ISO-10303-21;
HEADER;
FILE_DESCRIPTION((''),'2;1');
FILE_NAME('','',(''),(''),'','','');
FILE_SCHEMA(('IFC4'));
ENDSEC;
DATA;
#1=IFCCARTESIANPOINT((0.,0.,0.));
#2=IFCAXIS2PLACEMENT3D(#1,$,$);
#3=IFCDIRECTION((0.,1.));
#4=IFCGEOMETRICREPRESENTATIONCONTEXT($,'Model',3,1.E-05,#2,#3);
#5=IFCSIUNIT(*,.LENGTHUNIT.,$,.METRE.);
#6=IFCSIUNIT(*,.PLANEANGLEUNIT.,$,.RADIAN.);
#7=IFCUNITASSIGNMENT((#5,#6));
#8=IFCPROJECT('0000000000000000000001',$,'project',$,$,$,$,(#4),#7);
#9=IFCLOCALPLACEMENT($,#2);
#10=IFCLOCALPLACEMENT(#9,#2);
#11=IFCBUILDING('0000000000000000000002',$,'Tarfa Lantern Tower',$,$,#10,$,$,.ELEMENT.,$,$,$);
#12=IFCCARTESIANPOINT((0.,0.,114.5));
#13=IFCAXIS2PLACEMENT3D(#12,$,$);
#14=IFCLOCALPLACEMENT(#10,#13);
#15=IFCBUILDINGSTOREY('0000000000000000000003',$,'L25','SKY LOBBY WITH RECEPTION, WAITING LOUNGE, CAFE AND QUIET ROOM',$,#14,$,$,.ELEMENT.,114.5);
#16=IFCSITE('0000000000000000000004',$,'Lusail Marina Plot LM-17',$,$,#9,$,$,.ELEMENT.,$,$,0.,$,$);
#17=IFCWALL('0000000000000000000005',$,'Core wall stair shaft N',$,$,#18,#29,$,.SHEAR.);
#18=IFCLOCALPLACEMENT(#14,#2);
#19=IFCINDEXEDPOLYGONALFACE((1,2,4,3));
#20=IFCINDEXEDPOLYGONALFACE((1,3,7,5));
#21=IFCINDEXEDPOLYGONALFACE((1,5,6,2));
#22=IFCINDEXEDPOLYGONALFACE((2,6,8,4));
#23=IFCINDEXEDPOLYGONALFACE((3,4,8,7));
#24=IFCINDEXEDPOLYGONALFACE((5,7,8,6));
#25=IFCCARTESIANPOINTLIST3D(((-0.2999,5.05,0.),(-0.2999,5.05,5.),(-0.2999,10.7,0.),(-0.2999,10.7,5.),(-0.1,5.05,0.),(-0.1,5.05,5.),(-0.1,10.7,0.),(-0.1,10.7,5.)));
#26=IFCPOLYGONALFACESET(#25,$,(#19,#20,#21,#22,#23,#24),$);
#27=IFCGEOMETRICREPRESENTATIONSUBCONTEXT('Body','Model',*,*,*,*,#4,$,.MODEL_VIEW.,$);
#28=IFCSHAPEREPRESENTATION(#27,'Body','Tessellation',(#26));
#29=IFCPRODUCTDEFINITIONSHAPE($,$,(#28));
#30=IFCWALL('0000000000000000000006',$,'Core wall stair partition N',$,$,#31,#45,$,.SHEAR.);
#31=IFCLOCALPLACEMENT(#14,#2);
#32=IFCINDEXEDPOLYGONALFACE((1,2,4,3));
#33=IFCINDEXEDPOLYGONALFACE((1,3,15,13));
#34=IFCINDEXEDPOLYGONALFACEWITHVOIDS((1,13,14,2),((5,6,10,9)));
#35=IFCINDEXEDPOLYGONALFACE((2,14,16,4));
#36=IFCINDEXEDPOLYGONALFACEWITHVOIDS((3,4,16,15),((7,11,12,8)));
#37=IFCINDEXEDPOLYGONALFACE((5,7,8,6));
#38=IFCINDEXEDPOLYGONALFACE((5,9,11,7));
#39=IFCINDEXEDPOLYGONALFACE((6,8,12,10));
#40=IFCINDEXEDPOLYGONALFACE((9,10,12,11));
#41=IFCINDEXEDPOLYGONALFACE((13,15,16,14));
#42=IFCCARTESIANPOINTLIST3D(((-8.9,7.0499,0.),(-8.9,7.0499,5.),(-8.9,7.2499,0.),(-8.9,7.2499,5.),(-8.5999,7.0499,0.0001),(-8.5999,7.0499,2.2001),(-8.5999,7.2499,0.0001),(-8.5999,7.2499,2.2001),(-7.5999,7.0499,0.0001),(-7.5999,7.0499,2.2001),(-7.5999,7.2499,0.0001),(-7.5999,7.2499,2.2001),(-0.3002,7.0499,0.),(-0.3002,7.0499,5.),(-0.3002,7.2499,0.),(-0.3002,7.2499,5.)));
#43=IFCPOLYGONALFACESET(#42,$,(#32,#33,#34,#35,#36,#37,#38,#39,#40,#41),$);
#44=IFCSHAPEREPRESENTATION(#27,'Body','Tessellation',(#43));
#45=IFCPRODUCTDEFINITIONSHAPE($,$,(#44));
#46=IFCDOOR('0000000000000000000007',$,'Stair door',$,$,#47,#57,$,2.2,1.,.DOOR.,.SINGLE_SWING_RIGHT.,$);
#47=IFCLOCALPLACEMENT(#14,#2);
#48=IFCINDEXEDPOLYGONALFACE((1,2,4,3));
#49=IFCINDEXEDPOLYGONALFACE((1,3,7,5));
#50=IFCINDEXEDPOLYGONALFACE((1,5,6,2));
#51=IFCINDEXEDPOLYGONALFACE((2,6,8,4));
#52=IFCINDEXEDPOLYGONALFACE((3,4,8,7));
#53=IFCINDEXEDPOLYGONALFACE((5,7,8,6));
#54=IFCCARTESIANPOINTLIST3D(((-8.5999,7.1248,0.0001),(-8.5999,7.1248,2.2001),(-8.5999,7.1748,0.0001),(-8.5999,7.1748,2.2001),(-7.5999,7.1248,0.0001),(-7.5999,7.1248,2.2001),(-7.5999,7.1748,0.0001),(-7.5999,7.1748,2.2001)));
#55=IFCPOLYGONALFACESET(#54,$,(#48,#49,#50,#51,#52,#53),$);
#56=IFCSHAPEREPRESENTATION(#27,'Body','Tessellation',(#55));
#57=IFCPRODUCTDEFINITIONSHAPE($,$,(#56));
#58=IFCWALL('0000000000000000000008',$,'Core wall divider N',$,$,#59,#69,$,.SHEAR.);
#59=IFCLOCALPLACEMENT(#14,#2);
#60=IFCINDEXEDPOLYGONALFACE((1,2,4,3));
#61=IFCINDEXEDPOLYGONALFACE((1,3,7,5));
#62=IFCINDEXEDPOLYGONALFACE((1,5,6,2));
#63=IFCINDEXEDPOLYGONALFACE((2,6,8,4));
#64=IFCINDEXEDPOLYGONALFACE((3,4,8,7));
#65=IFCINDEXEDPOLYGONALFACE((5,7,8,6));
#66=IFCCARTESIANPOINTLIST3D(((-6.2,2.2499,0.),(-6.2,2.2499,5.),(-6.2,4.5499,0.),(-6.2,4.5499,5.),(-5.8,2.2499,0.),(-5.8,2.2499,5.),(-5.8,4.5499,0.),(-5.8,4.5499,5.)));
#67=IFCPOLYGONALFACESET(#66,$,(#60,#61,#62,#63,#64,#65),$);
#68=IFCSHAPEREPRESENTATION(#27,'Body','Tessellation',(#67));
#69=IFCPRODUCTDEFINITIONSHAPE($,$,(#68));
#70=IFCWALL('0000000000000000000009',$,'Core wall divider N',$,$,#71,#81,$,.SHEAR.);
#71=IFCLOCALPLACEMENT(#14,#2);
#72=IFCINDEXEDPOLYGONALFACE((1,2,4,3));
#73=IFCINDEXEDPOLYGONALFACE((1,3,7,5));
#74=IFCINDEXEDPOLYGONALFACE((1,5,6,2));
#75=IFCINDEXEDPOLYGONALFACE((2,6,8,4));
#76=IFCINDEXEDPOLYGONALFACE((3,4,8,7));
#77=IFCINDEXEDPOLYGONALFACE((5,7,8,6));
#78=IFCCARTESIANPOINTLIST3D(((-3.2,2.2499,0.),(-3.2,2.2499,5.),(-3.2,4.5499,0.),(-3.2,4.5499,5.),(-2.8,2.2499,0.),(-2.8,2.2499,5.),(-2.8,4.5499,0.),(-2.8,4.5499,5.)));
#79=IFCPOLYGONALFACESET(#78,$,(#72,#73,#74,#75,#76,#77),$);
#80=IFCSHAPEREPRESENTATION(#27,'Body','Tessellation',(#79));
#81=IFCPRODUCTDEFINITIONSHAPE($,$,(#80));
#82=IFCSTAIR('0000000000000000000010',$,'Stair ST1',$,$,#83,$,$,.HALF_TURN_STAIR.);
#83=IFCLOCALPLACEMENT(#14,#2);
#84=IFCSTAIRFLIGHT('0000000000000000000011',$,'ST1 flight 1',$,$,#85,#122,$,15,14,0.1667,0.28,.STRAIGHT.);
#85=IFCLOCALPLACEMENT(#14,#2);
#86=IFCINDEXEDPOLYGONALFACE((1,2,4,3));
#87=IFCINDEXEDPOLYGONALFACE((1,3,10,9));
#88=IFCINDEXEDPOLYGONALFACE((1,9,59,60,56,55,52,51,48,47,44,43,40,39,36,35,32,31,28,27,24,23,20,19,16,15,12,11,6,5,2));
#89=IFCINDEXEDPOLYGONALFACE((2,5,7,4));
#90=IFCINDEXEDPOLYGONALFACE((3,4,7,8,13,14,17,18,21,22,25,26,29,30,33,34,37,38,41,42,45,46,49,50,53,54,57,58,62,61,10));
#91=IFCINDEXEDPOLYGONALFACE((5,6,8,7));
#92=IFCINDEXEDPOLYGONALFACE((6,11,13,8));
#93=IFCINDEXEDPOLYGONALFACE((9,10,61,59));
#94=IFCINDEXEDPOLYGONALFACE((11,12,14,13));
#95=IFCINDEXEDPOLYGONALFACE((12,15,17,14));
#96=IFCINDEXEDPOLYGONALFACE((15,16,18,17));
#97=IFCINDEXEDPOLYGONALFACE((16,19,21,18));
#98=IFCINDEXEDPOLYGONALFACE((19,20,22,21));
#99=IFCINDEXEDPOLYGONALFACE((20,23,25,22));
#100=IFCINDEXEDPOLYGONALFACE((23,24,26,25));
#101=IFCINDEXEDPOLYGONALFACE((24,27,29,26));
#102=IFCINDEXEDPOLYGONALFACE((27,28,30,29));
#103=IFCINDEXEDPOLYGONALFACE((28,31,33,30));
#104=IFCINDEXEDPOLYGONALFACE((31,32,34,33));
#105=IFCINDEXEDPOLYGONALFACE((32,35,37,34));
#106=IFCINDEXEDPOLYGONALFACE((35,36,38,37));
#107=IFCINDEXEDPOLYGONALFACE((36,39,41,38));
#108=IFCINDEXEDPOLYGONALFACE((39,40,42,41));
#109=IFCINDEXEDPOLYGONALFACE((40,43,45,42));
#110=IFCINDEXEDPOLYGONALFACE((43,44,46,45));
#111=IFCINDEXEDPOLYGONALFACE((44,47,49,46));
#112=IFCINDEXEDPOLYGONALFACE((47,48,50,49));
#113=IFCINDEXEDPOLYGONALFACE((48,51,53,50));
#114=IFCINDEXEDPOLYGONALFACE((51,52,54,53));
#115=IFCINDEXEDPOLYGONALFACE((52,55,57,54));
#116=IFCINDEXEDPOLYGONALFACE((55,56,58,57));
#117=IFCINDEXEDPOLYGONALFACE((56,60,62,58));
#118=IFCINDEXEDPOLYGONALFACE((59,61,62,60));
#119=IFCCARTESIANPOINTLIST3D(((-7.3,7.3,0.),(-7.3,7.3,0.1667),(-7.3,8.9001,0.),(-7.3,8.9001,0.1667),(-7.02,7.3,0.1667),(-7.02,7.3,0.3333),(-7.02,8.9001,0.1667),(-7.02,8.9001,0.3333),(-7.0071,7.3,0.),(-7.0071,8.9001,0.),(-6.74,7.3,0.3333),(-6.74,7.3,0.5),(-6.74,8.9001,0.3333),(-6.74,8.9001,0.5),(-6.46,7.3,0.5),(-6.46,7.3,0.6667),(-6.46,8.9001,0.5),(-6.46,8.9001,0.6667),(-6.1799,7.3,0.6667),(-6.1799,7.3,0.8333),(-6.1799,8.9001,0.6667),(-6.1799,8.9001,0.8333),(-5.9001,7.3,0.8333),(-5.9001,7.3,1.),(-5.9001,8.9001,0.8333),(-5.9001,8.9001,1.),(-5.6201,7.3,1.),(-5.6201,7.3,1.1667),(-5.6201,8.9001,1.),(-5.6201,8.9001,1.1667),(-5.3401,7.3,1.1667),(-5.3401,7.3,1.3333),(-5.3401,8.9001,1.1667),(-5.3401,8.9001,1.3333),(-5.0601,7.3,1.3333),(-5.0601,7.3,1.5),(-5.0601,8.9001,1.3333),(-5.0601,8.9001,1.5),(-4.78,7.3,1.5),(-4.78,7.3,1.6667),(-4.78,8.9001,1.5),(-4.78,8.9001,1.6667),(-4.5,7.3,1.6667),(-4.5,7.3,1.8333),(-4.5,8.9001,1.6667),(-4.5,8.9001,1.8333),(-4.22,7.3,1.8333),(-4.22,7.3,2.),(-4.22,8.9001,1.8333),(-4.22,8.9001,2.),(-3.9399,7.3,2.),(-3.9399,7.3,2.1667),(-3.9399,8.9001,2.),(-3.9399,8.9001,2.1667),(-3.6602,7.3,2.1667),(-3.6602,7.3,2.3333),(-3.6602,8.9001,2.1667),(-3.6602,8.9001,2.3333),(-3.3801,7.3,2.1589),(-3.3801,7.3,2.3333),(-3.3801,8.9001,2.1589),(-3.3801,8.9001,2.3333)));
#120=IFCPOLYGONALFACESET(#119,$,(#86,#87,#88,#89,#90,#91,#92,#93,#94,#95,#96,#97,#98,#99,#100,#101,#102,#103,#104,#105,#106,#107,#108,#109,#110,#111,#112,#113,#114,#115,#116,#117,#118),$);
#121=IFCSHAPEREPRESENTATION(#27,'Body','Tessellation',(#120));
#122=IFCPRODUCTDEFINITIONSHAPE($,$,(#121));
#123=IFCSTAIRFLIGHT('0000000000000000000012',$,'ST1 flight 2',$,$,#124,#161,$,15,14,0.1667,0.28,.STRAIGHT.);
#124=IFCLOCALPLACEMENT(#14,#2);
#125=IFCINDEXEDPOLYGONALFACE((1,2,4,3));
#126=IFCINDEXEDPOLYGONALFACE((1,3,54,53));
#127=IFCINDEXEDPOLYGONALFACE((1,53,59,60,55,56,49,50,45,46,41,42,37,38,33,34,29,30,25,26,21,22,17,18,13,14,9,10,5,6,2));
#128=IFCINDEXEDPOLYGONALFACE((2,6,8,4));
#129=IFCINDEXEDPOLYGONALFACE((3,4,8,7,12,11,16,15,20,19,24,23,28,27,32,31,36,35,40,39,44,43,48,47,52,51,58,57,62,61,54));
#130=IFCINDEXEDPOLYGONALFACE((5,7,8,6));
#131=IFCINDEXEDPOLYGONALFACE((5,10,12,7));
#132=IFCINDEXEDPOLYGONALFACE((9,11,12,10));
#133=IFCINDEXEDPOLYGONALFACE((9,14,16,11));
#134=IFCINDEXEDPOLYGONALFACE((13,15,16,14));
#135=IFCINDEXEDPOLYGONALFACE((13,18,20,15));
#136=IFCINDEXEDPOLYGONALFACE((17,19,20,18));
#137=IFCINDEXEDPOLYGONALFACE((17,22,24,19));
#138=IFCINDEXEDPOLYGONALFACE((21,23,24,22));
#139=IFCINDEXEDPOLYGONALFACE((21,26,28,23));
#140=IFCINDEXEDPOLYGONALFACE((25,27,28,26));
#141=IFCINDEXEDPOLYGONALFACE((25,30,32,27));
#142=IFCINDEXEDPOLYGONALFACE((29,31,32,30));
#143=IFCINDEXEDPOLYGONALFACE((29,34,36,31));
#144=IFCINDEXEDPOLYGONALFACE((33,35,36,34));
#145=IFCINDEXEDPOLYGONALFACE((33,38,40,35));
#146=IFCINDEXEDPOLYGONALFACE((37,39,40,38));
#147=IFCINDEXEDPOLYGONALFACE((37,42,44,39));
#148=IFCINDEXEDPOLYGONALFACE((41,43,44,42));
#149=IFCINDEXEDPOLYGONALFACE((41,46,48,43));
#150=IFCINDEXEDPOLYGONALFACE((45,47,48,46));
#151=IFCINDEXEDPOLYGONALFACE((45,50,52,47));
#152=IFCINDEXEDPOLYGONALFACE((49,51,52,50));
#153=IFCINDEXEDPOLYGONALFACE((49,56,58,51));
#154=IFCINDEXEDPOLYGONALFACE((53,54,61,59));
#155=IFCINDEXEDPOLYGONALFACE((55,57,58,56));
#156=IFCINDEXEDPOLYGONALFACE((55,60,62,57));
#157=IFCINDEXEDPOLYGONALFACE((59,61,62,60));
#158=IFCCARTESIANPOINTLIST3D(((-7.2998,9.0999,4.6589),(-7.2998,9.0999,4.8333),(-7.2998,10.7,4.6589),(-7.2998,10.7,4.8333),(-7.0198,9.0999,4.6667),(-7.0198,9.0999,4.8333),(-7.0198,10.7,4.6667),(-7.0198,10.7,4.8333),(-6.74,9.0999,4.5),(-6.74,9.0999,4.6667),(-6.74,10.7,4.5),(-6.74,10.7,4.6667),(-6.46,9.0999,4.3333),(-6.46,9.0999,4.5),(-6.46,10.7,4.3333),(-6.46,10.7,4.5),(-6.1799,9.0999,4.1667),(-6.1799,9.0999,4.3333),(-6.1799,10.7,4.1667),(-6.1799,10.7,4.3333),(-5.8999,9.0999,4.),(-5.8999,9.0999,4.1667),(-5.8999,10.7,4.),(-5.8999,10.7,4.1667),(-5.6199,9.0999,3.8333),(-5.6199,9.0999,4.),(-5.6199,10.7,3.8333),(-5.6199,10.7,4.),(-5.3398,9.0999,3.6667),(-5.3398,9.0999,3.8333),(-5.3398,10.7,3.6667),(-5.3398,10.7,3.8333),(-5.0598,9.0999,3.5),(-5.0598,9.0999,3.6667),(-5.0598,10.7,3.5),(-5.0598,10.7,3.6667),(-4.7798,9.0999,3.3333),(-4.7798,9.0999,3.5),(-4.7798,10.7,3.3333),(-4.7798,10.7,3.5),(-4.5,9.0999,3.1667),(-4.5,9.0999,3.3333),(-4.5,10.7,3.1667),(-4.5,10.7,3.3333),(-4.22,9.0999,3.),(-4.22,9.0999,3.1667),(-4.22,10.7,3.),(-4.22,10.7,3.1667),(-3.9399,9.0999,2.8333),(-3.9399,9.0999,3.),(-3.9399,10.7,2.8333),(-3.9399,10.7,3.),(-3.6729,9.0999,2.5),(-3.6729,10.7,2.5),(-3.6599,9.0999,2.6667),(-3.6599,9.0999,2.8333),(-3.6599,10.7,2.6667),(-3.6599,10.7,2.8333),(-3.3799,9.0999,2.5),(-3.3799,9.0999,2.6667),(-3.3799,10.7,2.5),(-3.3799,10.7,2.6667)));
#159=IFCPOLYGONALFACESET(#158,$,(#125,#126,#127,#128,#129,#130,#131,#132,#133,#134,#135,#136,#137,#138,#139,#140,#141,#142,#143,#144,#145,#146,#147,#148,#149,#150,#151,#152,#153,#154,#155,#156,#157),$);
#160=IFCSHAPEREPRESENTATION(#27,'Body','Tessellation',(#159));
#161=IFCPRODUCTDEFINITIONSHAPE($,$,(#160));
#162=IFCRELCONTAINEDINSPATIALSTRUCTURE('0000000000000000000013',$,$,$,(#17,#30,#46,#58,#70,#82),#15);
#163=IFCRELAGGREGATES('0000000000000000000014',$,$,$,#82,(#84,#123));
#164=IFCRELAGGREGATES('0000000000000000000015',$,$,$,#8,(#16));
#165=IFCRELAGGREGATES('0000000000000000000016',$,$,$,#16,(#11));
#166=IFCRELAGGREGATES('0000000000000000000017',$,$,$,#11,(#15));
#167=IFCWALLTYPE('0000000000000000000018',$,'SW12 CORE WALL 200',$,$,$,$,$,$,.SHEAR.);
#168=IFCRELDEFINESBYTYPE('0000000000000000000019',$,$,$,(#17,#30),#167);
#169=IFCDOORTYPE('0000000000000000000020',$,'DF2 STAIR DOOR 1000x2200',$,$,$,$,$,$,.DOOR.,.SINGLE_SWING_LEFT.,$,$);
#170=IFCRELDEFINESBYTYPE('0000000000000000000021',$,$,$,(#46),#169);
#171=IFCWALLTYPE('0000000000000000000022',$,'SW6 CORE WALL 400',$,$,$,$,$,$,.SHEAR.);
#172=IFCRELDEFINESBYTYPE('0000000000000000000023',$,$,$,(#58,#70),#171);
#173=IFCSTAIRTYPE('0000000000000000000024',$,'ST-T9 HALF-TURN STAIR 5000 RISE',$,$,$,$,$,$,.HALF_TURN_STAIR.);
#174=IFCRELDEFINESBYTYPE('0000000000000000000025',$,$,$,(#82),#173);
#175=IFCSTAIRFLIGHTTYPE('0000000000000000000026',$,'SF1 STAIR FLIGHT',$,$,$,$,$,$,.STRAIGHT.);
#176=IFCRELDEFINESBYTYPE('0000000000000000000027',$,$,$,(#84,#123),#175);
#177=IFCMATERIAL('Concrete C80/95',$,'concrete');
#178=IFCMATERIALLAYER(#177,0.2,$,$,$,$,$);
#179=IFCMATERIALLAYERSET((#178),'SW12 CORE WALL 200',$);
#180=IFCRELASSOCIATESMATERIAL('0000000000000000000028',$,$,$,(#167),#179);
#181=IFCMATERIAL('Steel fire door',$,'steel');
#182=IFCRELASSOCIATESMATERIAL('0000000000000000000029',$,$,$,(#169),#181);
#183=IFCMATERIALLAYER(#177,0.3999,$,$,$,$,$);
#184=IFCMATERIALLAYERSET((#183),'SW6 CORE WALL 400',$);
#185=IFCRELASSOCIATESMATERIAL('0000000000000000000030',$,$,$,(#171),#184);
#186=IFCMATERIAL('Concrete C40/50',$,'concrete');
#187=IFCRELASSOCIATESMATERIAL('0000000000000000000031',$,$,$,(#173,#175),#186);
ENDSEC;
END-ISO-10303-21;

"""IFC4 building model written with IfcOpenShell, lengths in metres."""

from ifc_helpers import new_model, si_unit, direction, frame, frame_2d, origin, place, context, subcontext, project, spatial, polyline, rectangle, outline, extrude, material, layer, layer_set, type_object, element, fill, aggregate, save


model = new_model("IFC4")

# Units and contexts
model_context = context("Model", 3, precision=1e-05, world=origin(), true_north=direction((0.0, 1.0)))
body_context = subcontext(model_context, "Body", "Model", "MODEL_VIEW")
ifc_project = project(units=[si_unit("LENGTHUNIT", "METRE"), si_unit("PLANEANGLEUNIT", "RADIAN")], contexts=[model_context])

# Site, building, storey
site_placement = place(None, origin())
site = spatial("IfcSite", under=ifc_project, at=site_placement, Name="Lusail Marina Plot LM-17", CompositionType="ELEMENT", RefElevation=0.0)
building_placement = place(site_placement, origin())
building = spatial("IfcBuilding", under=site, at=building_placement, Name="Tarfa Lantern Tower", CompositionType="ELEMENT")
storey_placement = place(building_placement, frame((0.0, 0.0, 114.5)))
storey = spatial("IfcBuildingStorey", under=building, at=storey_placement, Name="L25", Description="SKY LOBBY WITH RECEPTION, WAITING LOUNGE, CAFE AND QUIET ROOM", CompositionType="ELEMENT", Elevation=114.5)

# Wall
ifc_material_1 = material(Name="Concrete C80/95", Category="concrete")
ifc_layer_1 = layer(ifc_material_1, 0.2)
ifc_layer_set_1 = layer_set([ifc_layer_1], Name="SW12 CORE WALL 200")
wall_type_1 = type_object("IfcWallType", Name="SW12 CORE WALL 200", PredefinedType="SHEAR", material=ifc_layer_set_1)
wall_1_placement = place(storey_placement, frame((-0.2, 5.05, 0.0), z_axis=(0.0, 0.0, 1.0), x_axis=(0.0, 1.0, 0.0)))
element("IfcWall", 1, at=wall_1_placement, inside=storey, type_object=wall_type_1, Name="Core wall stair shaft N", PredefinedType="SHEAR", context=body_context, shape_type="SweptSolid", body=[
    extrude(rectangle(XDim=5.6499, YDim=0.2, at=frame_2d((2.825, 0.0))), origin(), (0.0, 0.0, 1.0), 5.0),
])

# Wall, opening, door
wall_2_placement = place(storey_placement, frame((-8.8999, 7.1499, 0.0), z_axis=(0.0, 0.0, 1.0), x_axis=(1.0, 0.0, 0.0)))
wall_2 = element("IfcWall", 2, at=wall_2_placement, inside=storey, type_object=wall_type_1, Name="Core wall stair partition N", PredefinedType="SHEAR", context=body_context, shape_type="SweptSolid", body=[
    extrude(rectangle(XDim=8.5999, YDim=0.2, at=frame_2d((4.2998, 0.0))), origin(), (0.0, 0.0, 1.0), 5.0),
])
opening_placement = place(wall_2_placement, frame((0.3, 0.0, 0.0)))
opening = element("IfcOpeningElement", 3, at=opening_placement, cuts=wall_2, PredefinedType="OPENING", context=body_context, shape_type="SweptSolid", body=[
    extrude(rectangle(XDim=1.0, YDim=2.2, at=frame_2d((0.5, 1.1001))), frame((0.0, 0.1099, 0.0), z_axis=(0.0, -1.0, 0.0), x_axis=(1.0, 0.0, 0.0)), (0.0, 0.0, 1.0), 0.22),
])
ifc_material_2 = material(Name="Steel fire door", Category="steel")
door_type = type_object("IfcDoorType", Name="DF2 STAIR DOOR 1000x2200", OperationType="SINGLE_SWING_LEFT", PredefinedType="DOOR", material=ifc_material_2)
door_placement = place(opening_placement, origin())
door = element("IfcDoor", 4, at=door_placement, inside=storey, type_object=door_type, Name="Stair door", OperationType="SINGLE_SWING_RIGHT", OverallHeight=2.2, OverallWidth=1.0, PredefinedType="DOOR", context=body_context, shape_type="SweptSolid", body=[
    extrude(rectangle(XDim=1.0, YDim=2.2, at=frame_2d((0.5, 1.1001))), frame((0.0, 0.0249, 0.0), z_axis=(0.0, -1.0, 0.0), x_axis=(1.0, 0.0, 0.0)), (0.0, 0.0, 1.0), 0.05),
])
fill(opening, door)

# Walls
ifc_layer_2 = layer(ifc_material_1, 0.3999)
ifc_layer_set_2 = layer_set([ifc_layer_2], Name="SW6 CORE WALL 400")
wall_type_2 = type_object("IfcWallType", Name="SW6 CORE WALL 400", PredefinedType="SHEAR", material=ifc_layer_set_2)
for number, where, z_axis, x_axis, name in (
    (5, (-6.0, 2.25, 0.0), (0.0, 0.0, 1.0), (0.0, 1.0, 0.0), "Core wall divider N"),
    (6, (-3.0, 2.25, 0.0), (0.0, 0.0, 1.0), (0.0, 1.0, 0.0), "Core wall divider N"),
):
    element("IfcWall", number, at=place(storey_placement, frame(where, z_axis=z_axis, x_axis=x_axis)), inside=storey, type_object=wall_type_2, Name=name, PredefinedType="SHEAR", context=body_context, shape_type="SweptSolid", body=[
        extrude(rectangle(XDim=2.3, YDim=0.3999, at=frame_2d((1.1499, 0.0))), origin(), (0.0, 0.0, 1.0), 5.0),
    ])

# Stair, stair flights
ifc_material_3 = material(Name="Concrete C40/50", Category="concrete")
stair_type = type_object("IfcStairType", Name="ST-T9 HALF-TURN STAIR 5000 RISE", PredefinedType="HALF_TURN_STAIR", material=ifc_material_3)
stair_placement = place(storey_placement, origin())
stair = element("IfcStair", 7, at=stair_placement, inside=storey, type_object=stair_type, Name="Stair ST1", PredefinedType="HALF_TURN_STAIR")
stair_flight_type = type_object("IfcStairFlightType", Name="SF1 STAIR FLIGHT", PredefinedType="STRAIGHT", material=ifc_material_3)
stair_flight_1_placement = place(storey_placement, frame((-7.3, 8.1001, 0.0), z_axis=(0.0, 0.0, 1.0), x_axis=(1.0, 0.0, 0.0)))
stair_flight_1 = element("IfcStairFlight", 8, at=stair_flight_1_placement, type_object=stair_flight_type, Name="ST1 flight 1", NumberOfRisers=15, NumberOfTreads=14, PredefinedType="STRAIGHT", RiserHeight=0.1667, TreadLength=0.28, context=body_context, shape_type="SweptSolid", body=[
    extrude(outline(polyline([(0.0, 0.0), (0.0, 0.1667), (0.28, 0.1667), (0.28, 0.3333), (0.5601, 0.3333), (0.5601, 0.5), (0.8401, 0.5), (0.8401, 0.6667), (1.1201, 0.6667), (1.1201, 0.8333), (1.3999, 0.8333), (1.3999, 1.0), (1.6799, 1.0), (1.6799, 1.1667), (1.96, 1.1667), (1.96, 1.3333), (2.24, 1.3333), (2.24, 1.5), (2.52, 1.5), (2.52, 1.6667), (2.8, 1.6667), (2.8, 1.8333), (3.0801, 1.8333), (3.0801, 2.0), (3.3601, 2.0), (3.3601, 2.1667), (3.6399, 2.1667), (3.6399, 2.3333), (3.9199, 2.3333), (3.9199, 2.5), (3.9199, 2.1589), (0.293, 0.0), (0.0, 0.0)])), frame((0.0, 0.8, 0.0), z_axis=(0.0, -1.0, 0.0), x_axis=(1.0, 0.0, 0.0)), (0.0, 0.0, 1.0), 1.6001),
])
stair_flight_2_placement = place(storey_placement, frame((-3.3799, 9.8999, 2.5), z_axis=(0.0, 0.0, 1.0), x_axis=(-1.0, 0.0, 0.0)))
stair_flight_2 = element("IfcStairFlight", 9, at=stair_flight_2_placement, type_object=stair_flight_type, Name="ST1 flight 2", NumberOfRisers=15, NumberOfTreads=14, PredefinedType="STRAIGHT", RiserHeight=0.1667, TreadLength=0.28, context=body_context, shape_type="SweptSolid", body=[
    extrude(outline(polyline([(0.0, 0.0), (0.0, 0.1667), (0.28, 0.1667), (0.28, 0.3333), (0.5601, 0.3333), (0.5601, 0.5), (0.8401, 0.5), (0.8401, 0.6667), (1.1201, 0.6667), (1.1201, 0.8333), (1.3999, 0.8333), (1.3999, 1.0), (1.6799, 1.0), (1.6799, 1.1667), (1.96, 1.1667), (1.96, 1.3333), (2.24, 1.3333), (2.24, 1.5), (2.52, 1.5), (2.52, 1.6667), (2.8, 1.6667), (2.8, 1.8333), (3.0801, 1.8333), (3.0801, 2.0), (3.3601, 2.0), (3.3601, 2.1667), (3.6399, 2.1667), (3.6399, 2.3333), (3.9199, 2.3333), (3.9199, 2.5), (3.9199, 2.1589), (0.293, 0.0), (0.0, 0.0)])), frame((0.0, 0.8, 0.0), z_axis=(0.0, -1.0, 0.0), x_axis=(1.0, 0.0, 0.0)), (0.0, 0.0, 1.0), 1.6001),
])
aggregate(stair, [stair_flight_1, stair_flight_2])

save(model, "model.ifc")
